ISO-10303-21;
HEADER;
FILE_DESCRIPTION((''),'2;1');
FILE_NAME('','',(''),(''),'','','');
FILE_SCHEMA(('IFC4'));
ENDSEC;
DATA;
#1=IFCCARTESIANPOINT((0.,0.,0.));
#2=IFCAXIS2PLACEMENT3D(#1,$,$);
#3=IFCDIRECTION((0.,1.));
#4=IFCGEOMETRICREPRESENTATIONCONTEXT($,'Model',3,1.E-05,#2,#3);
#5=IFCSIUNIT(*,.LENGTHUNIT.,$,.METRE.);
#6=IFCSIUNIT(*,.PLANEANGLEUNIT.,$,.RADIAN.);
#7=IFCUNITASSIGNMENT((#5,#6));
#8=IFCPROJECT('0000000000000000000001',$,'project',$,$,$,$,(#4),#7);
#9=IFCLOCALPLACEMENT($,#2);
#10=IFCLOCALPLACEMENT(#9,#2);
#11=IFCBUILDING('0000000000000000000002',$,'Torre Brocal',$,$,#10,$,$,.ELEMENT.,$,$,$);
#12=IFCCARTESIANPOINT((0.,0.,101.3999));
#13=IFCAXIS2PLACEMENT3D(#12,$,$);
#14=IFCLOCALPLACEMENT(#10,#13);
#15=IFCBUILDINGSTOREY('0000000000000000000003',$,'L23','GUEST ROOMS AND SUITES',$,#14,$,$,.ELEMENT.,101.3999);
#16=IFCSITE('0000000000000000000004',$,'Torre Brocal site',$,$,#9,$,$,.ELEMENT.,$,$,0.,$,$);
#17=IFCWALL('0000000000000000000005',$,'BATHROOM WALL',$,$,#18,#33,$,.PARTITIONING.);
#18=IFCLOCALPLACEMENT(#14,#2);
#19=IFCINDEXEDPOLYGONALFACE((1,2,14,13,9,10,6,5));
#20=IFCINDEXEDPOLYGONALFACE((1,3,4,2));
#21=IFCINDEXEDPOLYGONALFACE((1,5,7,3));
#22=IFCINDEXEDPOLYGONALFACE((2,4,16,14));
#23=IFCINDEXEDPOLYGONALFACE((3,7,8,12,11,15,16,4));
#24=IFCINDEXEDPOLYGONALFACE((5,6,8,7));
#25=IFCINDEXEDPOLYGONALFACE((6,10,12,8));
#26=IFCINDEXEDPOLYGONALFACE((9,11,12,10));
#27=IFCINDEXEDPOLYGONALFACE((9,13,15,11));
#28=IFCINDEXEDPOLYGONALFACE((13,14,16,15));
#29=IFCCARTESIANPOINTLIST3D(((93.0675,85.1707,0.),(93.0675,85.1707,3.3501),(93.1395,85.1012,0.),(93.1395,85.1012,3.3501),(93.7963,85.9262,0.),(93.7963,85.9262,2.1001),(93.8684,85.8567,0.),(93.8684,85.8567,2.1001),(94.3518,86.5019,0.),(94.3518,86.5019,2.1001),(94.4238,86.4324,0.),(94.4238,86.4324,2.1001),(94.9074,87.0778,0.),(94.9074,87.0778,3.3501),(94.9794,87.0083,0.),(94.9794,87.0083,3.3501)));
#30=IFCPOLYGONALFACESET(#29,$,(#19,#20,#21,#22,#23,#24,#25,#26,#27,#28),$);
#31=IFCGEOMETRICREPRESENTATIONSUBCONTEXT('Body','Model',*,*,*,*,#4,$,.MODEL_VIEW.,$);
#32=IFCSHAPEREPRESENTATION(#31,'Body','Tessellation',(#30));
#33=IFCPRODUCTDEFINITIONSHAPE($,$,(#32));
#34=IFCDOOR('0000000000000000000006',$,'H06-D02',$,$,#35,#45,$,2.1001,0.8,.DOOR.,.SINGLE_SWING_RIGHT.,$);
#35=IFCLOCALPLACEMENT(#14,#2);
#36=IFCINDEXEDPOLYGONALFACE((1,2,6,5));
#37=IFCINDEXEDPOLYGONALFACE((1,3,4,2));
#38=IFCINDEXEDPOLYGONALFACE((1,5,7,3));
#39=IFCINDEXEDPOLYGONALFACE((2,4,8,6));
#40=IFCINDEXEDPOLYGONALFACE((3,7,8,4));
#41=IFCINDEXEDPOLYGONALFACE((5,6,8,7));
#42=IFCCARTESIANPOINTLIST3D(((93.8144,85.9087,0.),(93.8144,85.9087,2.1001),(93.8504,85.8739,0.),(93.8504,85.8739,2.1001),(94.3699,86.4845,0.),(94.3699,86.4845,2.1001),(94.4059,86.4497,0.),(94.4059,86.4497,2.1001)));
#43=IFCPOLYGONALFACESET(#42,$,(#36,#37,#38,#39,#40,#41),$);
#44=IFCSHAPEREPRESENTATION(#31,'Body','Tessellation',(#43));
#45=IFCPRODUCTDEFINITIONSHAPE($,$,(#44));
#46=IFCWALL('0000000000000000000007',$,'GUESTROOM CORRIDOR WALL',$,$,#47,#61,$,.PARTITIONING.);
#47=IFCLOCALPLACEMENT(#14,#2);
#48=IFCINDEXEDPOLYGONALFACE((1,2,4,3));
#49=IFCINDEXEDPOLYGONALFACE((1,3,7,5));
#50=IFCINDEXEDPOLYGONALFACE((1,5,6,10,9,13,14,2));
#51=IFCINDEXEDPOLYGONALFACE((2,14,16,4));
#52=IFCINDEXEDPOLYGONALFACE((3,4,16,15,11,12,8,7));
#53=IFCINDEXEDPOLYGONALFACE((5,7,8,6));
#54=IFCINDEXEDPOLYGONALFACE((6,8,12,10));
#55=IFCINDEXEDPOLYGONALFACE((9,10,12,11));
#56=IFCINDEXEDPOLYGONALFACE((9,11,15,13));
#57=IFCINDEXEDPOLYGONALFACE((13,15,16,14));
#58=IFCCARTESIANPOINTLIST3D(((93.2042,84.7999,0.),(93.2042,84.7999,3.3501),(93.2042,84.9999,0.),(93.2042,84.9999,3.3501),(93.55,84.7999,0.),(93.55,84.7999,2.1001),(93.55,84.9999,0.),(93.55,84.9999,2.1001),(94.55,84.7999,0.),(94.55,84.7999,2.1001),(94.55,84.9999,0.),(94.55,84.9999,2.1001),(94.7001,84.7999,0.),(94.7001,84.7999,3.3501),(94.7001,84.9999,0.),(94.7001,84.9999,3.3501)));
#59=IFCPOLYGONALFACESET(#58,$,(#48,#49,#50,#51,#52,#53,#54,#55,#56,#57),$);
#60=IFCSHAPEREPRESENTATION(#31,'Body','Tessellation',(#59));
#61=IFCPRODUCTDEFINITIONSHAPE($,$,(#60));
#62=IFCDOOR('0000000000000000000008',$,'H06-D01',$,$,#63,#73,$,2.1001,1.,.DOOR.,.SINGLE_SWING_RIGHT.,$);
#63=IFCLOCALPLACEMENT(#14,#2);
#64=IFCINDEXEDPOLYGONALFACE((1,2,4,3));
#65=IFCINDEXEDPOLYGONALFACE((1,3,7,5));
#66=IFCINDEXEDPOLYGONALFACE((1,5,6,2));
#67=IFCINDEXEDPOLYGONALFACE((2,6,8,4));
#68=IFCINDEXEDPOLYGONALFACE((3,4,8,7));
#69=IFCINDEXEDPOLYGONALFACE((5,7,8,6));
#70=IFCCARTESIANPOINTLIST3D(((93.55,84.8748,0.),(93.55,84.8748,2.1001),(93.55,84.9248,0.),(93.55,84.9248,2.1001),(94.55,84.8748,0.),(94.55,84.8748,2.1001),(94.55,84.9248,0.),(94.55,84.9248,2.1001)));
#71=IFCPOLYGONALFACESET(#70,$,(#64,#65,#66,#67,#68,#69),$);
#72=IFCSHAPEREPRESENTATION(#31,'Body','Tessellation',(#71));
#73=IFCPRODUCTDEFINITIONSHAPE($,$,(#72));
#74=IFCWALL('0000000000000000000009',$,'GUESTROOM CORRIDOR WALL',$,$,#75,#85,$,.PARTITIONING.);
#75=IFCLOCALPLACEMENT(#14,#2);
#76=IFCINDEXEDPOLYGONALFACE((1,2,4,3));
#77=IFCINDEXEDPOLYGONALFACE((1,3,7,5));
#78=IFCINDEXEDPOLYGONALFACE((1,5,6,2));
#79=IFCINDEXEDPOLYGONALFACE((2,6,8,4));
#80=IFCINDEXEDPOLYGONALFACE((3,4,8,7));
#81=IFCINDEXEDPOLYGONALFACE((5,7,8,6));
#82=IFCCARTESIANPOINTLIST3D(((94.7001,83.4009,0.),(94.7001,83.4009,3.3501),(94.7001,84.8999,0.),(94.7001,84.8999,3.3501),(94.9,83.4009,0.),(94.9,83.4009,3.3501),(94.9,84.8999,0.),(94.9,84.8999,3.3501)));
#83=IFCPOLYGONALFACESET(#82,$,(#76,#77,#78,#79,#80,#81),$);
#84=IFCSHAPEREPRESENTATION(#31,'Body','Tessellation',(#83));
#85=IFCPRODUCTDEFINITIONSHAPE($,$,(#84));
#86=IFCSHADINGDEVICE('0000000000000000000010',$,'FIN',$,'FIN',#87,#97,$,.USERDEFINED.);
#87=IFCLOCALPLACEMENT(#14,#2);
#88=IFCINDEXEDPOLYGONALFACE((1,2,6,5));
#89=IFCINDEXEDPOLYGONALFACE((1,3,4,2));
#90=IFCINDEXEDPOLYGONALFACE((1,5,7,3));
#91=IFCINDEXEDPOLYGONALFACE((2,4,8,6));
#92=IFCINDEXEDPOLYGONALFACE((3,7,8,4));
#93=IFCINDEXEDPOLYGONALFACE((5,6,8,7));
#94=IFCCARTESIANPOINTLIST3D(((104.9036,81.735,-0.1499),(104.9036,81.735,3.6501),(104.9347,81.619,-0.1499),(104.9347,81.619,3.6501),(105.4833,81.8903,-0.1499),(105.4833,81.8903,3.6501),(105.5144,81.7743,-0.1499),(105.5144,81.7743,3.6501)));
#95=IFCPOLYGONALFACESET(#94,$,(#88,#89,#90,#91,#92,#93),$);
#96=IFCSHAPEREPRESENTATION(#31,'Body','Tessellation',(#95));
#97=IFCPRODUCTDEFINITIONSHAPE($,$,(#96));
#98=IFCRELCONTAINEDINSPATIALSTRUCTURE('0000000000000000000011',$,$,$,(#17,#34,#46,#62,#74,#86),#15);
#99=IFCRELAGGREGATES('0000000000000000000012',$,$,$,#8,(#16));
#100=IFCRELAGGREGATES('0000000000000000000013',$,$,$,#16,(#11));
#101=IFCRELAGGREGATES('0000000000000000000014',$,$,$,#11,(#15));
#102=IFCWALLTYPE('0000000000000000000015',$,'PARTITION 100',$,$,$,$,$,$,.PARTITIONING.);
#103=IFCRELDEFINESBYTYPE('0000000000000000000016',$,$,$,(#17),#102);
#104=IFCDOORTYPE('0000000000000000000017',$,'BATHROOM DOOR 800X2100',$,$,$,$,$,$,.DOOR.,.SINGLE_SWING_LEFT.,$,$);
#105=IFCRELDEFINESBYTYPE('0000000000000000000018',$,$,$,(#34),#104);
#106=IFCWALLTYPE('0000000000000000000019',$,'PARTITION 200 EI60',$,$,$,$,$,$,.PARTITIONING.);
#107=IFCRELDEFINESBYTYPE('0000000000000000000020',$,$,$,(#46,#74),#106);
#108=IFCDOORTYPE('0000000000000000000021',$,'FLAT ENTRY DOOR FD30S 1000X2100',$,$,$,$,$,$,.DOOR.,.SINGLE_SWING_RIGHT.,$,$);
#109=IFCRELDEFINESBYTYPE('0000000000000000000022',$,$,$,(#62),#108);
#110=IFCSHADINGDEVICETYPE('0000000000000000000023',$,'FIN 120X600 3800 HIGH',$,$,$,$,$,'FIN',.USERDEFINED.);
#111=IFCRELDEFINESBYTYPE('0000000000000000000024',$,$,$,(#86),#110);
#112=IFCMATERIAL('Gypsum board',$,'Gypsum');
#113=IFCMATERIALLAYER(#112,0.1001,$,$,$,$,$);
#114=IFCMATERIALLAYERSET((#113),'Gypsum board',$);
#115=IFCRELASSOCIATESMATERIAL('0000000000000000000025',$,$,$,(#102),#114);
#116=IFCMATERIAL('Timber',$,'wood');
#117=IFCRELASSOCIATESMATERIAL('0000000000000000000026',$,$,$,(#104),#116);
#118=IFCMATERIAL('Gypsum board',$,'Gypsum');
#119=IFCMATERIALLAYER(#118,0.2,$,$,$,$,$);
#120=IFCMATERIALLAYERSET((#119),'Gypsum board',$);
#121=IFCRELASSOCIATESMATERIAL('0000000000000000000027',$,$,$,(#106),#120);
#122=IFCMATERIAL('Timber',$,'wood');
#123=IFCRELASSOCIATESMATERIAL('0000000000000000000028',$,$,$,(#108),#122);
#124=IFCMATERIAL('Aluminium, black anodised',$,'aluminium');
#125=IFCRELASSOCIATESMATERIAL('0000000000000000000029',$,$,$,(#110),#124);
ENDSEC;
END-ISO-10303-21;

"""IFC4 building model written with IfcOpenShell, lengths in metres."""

from ifc_helpers import new_model, si_unit, direction, frame, frame_2d, origin, origin_2d, place, context, subcontext, project, spatial, rectangle, extrude, material, layer, layer_set, material_profile, profile_set, type_object, element, fill, save


model = new_model("IFC4")

# Units and contexts
model_context = context("Model", 3, precision=1e-05, world=origin(), true_north=direction((0.0, 1.0)))
body_context = subcontext(model_context, "Body", "Model", "MODEL_VIEW")
ifc_project = project(units=[si_unit("LENGTHUNIT", "METRE"), si_unit("PLANEANGLEUNIT", "RADIAN")], contexts=[model_context])

# Site, building, storey
site_placement = place(None, origin())
site = spatial("IfcSite", under=ifc_project, at=site_placement, Name="Torre Brocal site", CompositionType="ELEMENT", RefElevation=0.0)
building_placement = place(site_placement, origin())
building = spatial("IfcBuilding", under=site, at=building_placement, Name="Torre Brocal", CompositionType="ELEMENT")
storey_placement = place(building_placement, frame((0.0, 0.0, 101.3999)))
storey = spatial("IfcBuildingStorey", under=building, at=storey_placement, Name="L23", Description="GUEST ROOMS AND SUITES", CompositionType="ELEMENT", Elevation=101.3999)

# Walls, openings, doors
ifc_material_1 = material(Name="Gypsum board", Category="Gypsum")
ifc_layer_1 = layer(ifc_material_1, 0.1001)
ifc_layer_set_1 = layer_set([ifc_layer_1], Name="Gypsum board")
wall_type_1 = type_object("IfcWallType", Name="PARTITION 100", PredefinedType="PARTITIONING", material=ifc_layer_set_1)
wall_1_placement = place(storey_placement, frame((93.1035, 85.136, 0.0), z_axis=(0.0, 0.0, 1.0), x_axis=(0.694325, 0.719662, 0.0)))
wall_1 = element("IfcWall", 1, at=wall_1_placement, inside=storey, type_object=wall_type_1, Name="BATHROOM WALL", PredefinedType="PARTITIONING", context=body_context, shape_type="SweptSolid", body=[
    extrude(rectangle(XDim=2.6499, YDim=0.1001, at=frame_2d((1.325, 0.0))), origin(), (0.0, 0.0, 1.0), 3.3501),
])
opening_1_placement = place(wall_1_placement, frame((1.0498, 0.0, 0.0)))
opening_1 = element("IfcOpeningElement", 2, at=opening_1_placement, cuts=wall_1, PredefinedType="OPENING", context=body_context, shape_type="SweptSolid", body=[
    extrude(rectangle(XDim=0.8, YDim=2.1001, at=frame_2d((0.3999, 1.05))), frame((0.0, 0.0601, 0.0), z_axis=(0.0, -1.0, 0.0), x_axis=(1.0, 0.0, 0.0)), (0.0, 0.0, 1.0), 0.1201),
])
ifc_material_2 = material(Name="Timber", Category="wood")
door_type_1 = type_object("IfcDoorType", Name="BATHROOM DOOR 800X2100", OperationType="SINGLE_SWING_LEFT", PredefinedType="DOOR", material=ifc_material_2)
door_1_placement = place(opening_1_placement, origin())
door_1 = element("IfcDoor", 3, at=door_1_placement, inside=storey, type_object=door_type_1, Name="H06-D02", OperationType="SINGLE_SWING_RIGHT", OverallHeight=2.1001, OverallWidth=0.8, PredefinedType="DOOR", context=body_context, shape_type="SweptSolid", body=[
    extrude(rectangle(XDim=0.8, YDim=2.1001, at=frame_2d((0.3999, 1.05))), frame((0.0, 0.0249, 0.0), z_axis=(0.0, -1.0, 0.0), x_axis=(1.0, 0.0, 0.0)), (0.0, 0.0, 1.0), 0.05),
])
fill(opening_1, door_1)
ifc_material_3 = material(Name="Gypsum board", Category="Gypsum")
ifc_layer_2 = layer(ifc_material_3, 0.2)
ifc_layer_set_2 = layer_set([ifc_layer_2], Name="Gypsum board")
wall_type_2 = type_object("IfcWallType", Name="PARTITION 200 EI60", PredefinedType="PARTITIONING", material=ifc_layer_set_2)
wall_2_placement = place(storey_placement, frame((93.2041, 84.8999, 0.0), z_axis=(0.0, 0.0, 1.0), x_axis=(1.0, 0.0, 0.0)))
wall_2 = element("IfcWall", 4, at=wall_2_placement, inside=storey, type_object=wall_type_2, Name="GUESTROOM CORRIDOR WALL", PredefinedType="PARTITIONING", context=body_context, shape_type="SweptSolid", body=[
    extrude(rectangle(XDim=1.4958, YDim=0.2, at=frame_2d((0.748, 0.0))), origin(), (0.0, 0.0, 1.0), 3.3501),
])
opening_2_placement = place(wall_2_placement, frame((0.3459, 0.0, 0.0)))
opening_2 = element("IfcOpeningElement", 5, at=opening_2_placement, cuts=wall_2, PredefinedType="OPENING", context=body_context, shape_type="SweptSolid", body=[
    extrude(rectangle(XDim=1.0, YDim=2.1001, at=frame_2d((0.5, 1.05))), frame((0.0, 0.1099, 0.0), z_axis=(0.0, -1.0, 0.0), x_axis=(1.0, 0.0, 0.0)), (0.0, 0.0, 1.0), 0.22),
])
ifc_material_4 = material(Name="Timber", Category="wood")
door_type_2 = type_object("IfcDoorType", Name="FLAT ENTRY DOOR FD30S 1000X2100", OperationType="SINGLE_SWING_RIGHT", PredefinedType="DOOR", material=ifc_material_4)
door_2_placement = place(opening_2_placement, origin())
door_2 = element("IfcDoor", 6, at=door_2_placement, inside=storey, type_object=door_type_2, Name="H06-D01", OperationType="SINGLE_SWING_RIGHT", OverallHeight=2.1001, OverallWidth=1.0, PredefinedType="DOOR", context=body_context, shape_type="SweptSolid", body=[
    extrude(rectangle(XDim=1.0, YDim=2.1001, at=frame_2d((0.5, 1.05))), frame((0.0, 0.0249, 0.0), z_axis=(0.0, -1.0, 0.0), x_axis=(1.0, 0.0, 0.0)), (0.0, 0.0, 1.0), 0.05),
])
fill(opening_2, door_2)

# Wall
wall_3_placement = place(storey_placement, frame((94.8, 83.4009, 0.0), z_axis=(0.0, 0.0, 1.0), x_axis=(0.0, 1.0, 0.0)))
element("IfcWall", 7, at=wall_3_placement, inside=storey, type_object=wall_type_2, Name="GUESTROOM CORRIDOR WALL", PredefinedType="PARTITIONING", context=body_context, shape_type="SweptSolid", body=[
    extrude(rectangle(XDim=1.499, YDim=0.2, at=frame_2d((0.7495, 0.0))), origin(), (0.0, 0.0, 1.0), 3.3501),
])

# Shading device
ifc_material_5 = material(Name="Aluminium, black anodised", Category="aluminium")
ifc_material_profile_1 = material_profile(ifc_material_5, rectangle(XDim=0.1201, YDim=0.6001, at=origin_2d()), Name="FIN 120X600 3800 HIGH")
ifc_profile_set_1 = profile_set([ifc_material_profile_1], Name="Aluminium, black anodised")
shading_device_type = type_object("IfcShadingDeviceType", Name="FIN 120X600 3800 HIGH", ElementType="FIN", PredefinedType="USERDEFINED", material=ifc_profile_set_1)
shading_device_placement = place(storey_placement, frame((105.209, 81.7546, -0.1499), z_axis=(0.0, 0.0, 1.0), x_axis=(-0.258819, 0.965926, 0.0)))
element("IfcShadingDevice", 8, at=shading_device_placement, inside=storey, type_object=shading_device_type, Name="FIN", ObjectType="FIN", PredefinedType="USERDEFINED", context=body_context, shape_type="SweptSolid", body=[
    extrude(rectangle(XDim=0.1201, YDim=0.6001, at=origin_2d()), origin(), (0.0, 0.0, 1.0), 3.8),
])

save(model, "model.ifc")
